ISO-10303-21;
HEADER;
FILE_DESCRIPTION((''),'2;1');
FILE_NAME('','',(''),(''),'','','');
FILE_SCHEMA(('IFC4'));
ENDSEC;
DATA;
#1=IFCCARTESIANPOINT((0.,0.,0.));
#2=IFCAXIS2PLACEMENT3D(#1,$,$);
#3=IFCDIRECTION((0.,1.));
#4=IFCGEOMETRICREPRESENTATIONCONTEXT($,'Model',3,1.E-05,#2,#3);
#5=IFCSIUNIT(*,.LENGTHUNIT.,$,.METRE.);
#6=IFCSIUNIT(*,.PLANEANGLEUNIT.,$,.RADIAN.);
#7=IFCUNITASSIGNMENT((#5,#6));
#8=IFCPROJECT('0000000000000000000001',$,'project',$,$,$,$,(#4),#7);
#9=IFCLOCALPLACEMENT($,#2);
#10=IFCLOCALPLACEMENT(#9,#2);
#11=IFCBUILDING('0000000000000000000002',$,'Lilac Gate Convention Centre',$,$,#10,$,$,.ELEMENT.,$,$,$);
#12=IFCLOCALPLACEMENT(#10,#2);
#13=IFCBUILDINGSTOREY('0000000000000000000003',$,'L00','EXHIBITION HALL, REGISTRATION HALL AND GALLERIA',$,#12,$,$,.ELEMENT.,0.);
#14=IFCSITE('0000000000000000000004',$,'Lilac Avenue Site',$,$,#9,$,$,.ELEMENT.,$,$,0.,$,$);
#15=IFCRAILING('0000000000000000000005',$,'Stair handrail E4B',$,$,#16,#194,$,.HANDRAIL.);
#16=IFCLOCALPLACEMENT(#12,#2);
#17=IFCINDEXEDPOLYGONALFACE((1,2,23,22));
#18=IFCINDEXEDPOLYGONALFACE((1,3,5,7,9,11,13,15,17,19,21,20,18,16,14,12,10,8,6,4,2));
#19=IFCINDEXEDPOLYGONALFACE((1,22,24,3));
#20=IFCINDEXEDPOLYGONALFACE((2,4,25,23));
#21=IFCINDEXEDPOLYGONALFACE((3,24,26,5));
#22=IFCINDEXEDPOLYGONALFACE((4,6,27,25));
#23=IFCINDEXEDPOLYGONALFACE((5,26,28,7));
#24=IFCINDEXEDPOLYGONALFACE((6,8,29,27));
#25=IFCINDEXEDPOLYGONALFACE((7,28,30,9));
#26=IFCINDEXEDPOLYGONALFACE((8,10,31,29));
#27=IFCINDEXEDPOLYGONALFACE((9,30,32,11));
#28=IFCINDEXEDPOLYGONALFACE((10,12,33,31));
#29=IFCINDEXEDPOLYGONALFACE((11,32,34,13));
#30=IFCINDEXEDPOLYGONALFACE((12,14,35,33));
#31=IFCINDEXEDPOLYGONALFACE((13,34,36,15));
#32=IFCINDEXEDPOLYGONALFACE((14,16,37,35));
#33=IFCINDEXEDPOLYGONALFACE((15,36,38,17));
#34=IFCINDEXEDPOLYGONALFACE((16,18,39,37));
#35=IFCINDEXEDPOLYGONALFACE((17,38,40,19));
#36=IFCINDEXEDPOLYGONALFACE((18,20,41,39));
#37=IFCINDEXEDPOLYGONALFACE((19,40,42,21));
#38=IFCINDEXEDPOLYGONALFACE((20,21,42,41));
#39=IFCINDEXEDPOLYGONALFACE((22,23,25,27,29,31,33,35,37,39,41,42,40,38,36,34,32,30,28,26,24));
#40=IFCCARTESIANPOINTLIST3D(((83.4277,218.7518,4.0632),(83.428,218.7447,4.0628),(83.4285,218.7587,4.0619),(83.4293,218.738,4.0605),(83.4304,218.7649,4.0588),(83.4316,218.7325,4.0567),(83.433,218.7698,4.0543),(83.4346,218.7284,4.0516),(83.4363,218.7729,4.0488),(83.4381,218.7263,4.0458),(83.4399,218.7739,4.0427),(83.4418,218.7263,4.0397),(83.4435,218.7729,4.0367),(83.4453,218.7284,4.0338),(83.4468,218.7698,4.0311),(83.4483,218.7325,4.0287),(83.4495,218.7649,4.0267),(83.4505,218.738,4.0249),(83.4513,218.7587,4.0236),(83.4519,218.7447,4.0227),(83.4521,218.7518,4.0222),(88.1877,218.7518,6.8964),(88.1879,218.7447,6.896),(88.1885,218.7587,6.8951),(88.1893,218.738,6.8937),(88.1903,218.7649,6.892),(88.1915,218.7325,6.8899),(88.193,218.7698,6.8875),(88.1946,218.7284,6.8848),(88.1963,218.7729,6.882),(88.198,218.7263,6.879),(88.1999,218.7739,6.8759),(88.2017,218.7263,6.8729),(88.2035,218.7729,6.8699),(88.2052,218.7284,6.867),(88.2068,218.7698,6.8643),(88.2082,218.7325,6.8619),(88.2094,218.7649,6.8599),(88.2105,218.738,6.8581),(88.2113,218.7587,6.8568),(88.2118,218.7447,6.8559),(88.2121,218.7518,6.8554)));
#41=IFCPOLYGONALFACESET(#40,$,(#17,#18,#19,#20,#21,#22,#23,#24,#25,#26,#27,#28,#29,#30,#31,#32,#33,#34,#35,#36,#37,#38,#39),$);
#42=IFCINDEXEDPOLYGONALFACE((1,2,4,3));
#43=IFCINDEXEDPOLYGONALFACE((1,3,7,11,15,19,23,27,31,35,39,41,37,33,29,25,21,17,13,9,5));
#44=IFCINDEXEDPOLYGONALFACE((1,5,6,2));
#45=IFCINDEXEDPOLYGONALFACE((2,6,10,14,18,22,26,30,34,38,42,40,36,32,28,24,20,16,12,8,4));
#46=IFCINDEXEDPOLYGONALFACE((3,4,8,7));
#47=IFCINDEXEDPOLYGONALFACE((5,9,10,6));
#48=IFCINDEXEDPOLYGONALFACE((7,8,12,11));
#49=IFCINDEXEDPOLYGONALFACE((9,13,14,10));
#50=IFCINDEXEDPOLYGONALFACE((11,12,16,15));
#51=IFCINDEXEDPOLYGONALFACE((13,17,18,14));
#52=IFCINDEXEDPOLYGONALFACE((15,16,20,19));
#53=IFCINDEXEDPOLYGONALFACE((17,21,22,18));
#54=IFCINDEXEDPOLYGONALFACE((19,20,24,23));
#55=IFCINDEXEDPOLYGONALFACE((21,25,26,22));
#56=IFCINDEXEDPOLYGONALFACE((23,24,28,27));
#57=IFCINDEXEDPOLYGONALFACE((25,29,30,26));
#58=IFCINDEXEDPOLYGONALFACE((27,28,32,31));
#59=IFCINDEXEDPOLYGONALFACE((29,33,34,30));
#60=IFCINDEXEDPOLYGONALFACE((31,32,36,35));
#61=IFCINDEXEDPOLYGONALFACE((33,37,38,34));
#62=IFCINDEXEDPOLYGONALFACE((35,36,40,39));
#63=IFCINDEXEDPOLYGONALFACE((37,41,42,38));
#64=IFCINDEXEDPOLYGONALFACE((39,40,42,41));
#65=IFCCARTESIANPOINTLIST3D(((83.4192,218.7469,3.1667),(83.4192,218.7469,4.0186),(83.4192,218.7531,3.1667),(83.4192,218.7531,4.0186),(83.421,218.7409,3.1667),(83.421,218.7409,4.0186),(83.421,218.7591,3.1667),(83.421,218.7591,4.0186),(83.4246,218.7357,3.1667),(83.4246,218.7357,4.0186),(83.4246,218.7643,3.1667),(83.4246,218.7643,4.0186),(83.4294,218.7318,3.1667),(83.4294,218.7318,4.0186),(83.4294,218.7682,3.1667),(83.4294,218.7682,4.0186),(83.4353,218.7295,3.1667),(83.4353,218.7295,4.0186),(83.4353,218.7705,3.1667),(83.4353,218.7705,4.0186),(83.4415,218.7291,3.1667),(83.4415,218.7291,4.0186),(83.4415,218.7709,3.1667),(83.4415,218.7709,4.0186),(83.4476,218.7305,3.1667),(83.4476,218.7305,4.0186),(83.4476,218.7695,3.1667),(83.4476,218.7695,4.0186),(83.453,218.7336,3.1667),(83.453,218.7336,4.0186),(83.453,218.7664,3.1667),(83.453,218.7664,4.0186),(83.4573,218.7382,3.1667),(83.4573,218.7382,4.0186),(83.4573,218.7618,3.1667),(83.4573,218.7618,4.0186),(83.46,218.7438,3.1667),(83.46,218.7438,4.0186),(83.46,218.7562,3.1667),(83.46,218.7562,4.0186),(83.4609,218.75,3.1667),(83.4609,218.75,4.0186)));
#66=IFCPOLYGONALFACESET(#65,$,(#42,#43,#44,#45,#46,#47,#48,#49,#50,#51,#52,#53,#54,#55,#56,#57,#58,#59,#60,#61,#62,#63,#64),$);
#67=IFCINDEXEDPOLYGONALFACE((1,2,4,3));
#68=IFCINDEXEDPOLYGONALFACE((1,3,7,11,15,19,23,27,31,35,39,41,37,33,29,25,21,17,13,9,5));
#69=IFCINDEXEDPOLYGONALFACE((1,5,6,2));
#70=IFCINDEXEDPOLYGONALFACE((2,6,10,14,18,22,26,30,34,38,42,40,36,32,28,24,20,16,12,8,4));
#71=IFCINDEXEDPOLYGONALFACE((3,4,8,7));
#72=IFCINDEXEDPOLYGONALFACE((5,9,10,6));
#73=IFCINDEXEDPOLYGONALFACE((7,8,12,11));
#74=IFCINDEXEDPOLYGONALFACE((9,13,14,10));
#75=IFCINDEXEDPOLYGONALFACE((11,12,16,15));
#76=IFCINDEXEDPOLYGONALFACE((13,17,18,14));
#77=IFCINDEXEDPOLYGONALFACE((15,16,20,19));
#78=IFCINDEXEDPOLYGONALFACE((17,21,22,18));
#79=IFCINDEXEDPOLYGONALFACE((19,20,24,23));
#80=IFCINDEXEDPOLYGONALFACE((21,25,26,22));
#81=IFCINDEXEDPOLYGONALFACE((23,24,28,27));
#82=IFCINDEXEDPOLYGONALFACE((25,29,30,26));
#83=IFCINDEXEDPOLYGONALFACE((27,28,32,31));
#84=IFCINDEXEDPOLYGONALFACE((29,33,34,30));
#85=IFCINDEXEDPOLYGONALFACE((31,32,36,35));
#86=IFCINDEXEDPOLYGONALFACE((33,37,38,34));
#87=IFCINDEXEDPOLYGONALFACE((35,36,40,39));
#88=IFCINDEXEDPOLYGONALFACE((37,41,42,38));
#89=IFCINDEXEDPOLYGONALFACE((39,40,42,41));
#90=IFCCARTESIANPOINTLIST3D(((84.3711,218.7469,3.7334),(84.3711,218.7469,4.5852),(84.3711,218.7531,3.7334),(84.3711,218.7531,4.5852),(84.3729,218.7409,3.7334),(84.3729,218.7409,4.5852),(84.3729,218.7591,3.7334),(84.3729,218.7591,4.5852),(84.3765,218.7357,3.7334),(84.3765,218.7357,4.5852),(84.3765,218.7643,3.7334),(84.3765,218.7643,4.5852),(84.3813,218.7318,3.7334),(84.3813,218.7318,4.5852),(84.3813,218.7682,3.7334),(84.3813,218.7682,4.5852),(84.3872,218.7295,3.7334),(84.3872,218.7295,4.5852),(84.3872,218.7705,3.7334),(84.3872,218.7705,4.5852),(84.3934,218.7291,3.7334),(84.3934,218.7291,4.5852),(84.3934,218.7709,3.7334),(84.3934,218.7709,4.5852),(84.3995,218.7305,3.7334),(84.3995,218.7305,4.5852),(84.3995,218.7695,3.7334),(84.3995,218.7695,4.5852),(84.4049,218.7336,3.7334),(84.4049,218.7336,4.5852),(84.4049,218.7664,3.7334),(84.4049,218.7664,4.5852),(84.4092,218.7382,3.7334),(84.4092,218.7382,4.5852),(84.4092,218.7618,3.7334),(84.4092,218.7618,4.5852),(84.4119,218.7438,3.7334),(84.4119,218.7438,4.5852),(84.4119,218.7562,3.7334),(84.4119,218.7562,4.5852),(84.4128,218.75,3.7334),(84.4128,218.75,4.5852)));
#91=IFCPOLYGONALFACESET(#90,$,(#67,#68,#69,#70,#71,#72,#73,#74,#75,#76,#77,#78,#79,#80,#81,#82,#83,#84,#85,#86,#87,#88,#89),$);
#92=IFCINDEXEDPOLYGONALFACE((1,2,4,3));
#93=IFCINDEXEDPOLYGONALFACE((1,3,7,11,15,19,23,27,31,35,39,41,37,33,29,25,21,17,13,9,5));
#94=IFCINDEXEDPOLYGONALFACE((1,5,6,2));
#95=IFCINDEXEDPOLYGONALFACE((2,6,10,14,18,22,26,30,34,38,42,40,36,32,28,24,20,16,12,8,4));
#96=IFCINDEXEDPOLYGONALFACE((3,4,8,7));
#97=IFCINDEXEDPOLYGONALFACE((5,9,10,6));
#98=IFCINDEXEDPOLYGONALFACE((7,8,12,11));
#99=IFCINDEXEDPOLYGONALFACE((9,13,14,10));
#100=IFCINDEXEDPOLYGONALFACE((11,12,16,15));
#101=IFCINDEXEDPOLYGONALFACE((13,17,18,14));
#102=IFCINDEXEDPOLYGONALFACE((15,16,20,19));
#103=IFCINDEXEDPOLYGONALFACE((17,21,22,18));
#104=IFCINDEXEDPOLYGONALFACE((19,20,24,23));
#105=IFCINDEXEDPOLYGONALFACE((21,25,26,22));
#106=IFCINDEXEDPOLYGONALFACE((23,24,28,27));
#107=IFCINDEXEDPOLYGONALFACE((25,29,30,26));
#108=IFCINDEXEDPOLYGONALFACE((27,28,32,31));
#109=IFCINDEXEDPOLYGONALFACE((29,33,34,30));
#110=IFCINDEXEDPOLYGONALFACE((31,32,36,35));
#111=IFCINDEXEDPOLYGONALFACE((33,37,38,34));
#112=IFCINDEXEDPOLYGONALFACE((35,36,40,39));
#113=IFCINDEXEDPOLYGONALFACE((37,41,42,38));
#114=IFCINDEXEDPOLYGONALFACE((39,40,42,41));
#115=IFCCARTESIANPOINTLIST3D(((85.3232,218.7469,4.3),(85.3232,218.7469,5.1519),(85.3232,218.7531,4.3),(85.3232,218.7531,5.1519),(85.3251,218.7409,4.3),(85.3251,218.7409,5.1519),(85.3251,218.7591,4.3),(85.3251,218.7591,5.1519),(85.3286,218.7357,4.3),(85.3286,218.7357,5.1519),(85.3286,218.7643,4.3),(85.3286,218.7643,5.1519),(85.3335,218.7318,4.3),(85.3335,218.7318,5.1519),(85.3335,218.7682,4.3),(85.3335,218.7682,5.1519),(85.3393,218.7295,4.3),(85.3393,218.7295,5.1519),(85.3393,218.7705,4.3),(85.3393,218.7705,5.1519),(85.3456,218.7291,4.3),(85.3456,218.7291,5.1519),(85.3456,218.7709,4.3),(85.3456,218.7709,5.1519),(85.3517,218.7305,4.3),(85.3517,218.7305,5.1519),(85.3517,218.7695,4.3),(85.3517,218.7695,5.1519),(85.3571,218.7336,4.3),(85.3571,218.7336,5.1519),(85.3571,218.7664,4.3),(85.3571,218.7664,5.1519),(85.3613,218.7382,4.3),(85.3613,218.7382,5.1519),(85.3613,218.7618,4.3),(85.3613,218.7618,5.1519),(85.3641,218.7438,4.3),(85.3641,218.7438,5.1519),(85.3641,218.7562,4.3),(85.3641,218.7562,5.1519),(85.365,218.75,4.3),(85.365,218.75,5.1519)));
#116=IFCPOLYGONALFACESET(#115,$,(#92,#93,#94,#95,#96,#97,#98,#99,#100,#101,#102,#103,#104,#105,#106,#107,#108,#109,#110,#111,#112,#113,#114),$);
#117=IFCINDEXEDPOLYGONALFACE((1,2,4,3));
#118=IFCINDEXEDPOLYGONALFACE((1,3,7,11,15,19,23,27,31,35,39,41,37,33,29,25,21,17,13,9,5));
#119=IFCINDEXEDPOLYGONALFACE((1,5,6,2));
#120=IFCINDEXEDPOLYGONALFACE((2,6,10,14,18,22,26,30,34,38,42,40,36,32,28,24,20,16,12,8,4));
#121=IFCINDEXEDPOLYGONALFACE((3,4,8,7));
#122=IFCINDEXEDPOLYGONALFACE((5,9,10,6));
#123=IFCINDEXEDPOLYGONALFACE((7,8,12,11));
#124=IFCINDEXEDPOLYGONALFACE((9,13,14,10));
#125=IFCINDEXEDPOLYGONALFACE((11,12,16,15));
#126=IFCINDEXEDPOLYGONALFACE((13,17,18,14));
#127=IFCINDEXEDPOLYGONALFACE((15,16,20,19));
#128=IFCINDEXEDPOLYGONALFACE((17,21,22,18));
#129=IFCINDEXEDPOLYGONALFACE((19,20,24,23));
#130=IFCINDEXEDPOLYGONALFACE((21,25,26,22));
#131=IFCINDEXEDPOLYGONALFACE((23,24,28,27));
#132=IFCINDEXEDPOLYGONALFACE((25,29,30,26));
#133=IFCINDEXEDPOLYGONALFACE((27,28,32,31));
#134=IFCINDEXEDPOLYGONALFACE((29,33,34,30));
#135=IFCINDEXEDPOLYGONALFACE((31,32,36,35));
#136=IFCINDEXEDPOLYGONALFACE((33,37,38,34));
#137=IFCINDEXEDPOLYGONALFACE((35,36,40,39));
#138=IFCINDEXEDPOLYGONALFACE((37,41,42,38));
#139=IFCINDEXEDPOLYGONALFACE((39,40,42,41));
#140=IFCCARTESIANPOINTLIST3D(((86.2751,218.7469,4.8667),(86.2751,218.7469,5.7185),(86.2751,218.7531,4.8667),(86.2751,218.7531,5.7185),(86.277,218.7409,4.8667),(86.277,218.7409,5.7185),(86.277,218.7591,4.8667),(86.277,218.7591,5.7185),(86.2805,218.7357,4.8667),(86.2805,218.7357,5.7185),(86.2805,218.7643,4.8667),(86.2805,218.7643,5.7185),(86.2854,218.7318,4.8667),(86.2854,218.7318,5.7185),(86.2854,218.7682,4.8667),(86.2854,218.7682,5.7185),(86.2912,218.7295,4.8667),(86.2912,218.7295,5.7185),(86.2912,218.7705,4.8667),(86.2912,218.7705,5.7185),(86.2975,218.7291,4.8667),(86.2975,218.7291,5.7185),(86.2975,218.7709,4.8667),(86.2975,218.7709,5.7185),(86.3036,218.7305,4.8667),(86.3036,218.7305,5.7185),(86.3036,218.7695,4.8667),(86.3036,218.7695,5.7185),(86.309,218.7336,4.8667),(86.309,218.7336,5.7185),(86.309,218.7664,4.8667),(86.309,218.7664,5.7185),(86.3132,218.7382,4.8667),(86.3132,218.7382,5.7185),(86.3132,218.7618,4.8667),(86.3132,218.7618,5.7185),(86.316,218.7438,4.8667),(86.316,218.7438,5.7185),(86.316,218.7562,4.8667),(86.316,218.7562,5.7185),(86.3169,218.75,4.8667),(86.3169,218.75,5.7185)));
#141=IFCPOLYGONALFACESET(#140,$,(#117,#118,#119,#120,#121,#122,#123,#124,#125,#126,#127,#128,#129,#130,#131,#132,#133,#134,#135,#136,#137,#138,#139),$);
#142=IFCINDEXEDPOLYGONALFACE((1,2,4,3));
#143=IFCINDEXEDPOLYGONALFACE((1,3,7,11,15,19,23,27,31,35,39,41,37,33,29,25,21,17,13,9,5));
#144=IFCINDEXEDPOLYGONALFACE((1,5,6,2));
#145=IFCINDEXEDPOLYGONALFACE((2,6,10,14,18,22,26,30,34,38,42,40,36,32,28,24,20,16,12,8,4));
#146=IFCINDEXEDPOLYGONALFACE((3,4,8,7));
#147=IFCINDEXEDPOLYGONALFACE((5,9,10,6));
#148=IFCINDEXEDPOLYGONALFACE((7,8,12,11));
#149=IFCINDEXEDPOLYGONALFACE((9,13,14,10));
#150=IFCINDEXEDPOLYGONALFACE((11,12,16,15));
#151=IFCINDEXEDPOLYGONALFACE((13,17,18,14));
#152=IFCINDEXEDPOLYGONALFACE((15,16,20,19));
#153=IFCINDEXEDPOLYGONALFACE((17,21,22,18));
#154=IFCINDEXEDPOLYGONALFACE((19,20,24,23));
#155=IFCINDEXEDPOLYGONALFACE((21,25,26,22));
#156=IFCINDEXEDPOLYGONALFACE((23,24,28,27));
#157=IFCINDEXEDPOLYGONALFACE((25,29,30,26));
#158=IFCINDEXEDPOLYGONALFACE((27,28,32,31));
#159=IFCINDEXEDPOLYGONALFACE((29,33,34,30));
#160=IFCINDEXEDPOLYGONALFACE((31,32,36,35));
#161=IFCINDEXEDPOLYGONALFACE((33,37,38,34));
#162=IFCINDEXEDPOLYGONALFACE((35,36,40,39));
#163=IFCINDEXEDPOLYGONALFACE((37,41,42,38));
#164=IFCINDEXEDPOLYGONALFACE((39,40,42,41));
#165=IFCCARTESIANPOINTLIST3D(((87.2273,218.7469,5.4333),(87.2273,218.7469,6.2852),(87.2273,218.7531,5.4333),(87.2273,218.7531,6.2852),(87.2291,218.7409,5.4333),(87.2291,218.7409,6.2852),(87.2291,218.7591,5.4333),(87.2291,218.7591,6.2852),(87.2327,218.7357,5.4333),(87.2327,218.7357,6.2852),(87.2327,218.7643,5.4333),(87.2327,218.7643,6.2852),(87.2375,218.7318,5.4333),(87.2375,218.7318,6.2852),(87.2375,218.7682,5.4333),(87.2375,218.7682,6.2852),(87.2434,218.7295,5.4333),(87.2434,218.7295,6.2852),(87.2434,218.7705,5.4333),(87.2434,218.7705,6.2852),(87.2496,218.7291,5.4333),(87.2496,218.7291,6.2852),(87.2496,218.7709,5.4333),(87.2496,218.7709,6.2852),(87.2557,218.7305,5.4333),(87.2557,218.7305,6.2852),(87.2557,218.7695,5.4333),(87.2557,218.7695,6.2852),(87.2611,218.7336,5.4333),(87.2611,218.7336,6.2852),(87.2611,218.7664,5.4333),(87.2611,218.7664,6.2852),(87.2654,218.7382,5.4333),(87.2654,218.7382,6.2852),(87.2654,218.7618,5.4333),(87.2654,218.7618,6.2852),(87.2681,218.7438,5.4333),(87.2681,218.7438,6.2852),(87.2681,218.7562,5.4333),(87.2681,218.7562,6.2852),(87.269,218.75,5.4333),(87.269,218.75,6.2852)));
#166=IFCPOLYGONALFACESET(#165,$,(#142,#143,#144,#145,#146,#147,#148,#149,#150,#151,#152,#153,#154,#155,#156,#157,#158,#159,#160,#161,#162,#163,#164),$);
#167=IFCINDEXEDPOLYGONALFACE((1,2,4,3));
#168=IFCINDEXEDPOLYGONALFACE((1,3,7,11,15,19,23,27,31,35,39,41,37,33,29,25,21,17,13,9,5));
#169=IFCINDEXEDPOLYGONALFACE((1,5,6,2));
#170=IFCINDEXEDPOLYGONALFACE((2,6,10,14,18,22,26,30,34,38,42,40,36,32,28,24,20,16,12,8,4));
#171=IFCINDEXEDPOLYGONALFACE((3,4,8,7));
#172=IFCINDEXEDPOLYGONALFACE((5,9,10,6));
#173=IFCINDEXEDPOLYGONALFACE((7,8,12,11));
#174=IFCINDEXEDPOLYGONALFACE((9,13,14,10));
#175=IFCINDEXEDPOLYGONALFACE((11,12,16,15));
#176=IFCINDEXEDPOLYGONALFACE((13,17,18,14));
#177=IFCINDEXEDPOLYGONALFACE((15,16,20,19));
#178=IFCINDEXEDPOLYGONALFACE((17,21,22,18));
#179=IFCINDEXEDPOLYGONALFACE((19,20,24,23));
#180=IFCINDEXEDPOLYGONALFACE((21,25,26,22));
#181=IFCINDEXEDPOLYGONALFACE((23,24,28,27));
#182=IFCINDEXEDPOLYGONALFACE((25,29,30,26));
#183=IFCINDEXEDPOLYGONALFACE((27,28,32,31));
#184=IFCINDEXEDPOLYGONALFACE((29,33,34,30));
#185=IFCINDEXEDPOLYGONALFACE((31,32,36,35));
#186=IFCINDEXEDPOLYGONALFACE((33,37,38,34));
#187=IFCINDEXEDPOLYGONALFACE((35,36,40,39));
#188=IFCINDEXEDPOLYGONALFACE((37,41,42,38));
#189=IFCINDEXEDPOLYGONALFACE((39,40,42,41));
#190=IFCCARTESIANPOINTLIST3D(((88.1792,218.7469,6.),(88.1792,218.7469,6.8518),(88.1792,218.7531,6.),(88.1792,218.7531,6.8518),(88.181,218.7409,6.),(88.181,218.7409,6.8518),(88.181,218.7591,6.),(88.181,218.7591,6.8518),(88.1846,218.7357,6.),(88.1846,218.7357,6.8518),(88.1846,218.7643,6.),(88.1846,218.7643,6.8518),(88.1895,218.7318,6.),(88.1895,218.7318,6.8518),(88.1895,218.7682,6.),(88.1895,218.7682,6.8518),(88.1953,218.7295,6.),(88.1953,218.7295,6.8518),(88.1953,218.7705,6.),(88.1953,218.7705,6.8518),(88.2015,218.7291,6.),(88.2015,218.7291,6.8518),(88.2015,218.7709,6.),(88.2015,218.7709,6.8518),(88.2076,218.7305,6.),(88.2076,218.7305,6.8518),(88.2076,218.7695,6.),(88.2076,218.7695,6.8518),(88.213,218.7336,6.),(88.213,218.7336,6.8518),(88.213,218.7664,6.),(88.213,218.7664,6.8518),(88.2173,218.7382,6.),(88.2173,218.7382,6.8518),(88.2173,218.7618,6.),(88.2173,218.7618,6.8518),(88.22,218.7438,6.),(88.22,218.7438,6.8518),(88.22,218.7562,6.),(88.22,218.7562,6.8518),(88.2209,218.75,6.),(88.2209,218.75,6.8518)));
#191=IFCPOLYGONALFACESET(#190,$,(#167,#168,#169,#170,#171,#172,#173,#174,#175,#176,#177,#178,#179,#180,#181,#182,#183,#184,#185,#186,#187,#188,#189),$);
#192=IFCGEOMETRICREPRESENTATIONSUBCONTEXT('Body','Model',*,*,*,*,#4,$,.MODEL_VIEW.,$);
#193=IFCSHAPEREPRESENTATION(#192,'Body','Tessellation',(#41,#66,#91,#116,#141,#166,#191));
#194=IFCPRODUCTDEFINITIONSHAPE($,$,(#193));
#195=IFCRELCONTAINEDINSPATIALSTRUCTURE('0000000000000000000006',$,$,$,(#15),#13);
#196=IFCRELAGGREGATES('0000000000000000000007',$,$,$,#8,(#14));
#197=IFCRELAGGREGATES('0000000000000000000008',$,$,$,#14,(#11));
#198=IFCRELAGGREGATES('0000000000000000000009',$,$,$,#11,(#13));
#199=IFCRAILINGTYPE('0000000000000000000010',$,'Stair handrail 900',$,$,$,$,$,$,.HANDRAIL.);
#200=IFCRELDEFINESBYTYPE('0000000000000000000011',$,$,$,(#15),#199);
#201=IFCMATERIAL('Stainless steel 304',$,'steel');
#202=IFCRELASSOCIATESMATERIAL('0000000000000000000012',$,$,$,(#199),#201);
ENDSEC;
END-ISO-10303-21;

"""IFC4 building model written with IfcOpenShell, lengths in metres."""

from ifc_helpers import new_model, si_unit, direction, frame, origin, origin_2d, place, context, subcontext, project, spatial, circle, extrude, material, type_object, element, save


model = new_model("IFC4")

# Units and contexts
model_context = context("Model", 3, precision=1e-05, world=origin(), true_north=direction((0.0, 1.0)))
body_context = subcontext(model_context, "Body", "Model", "MODEL_VIEW")
ifc_project = project(units=[si_unit("LENGTHUNIT", "METRE"), si_unit("PLANEANGLEUNIT", "RADIAN")], contexts=[model_context])

# Site, building, storey
site_placement = place(None, origin())
site = spatial("IfcSite", under=ifc_project, at=site_placement, Name="Lilac Avenue Site", CompositionType="ELEMENT", RefElevation=0.0)
building_placement = place(site_placement, origin())
building = spatial("IfcBuilding", under=site, at=building_placement, Name="Lilac Gate Convention Centre", CompositionType="ELEMENT")
storey_placement = place(building_placement, origin())
storey = spatial("IfcBuildingStorey", under=building, at=storey_placement, Name="L00", Description="EXHIBITION HALL, REGISTRATION HALL AND GALLERIA", CompositionType="ELEMENT", Elevation=0.0)

# Shared definitions
ifc_material_1 = material(Name="Stainless steel 304", Category="steel")

# Railing
railing_type = type_object("IfcRailingType", Name="Stair handrail 900", PredefinedType="HANDRAIL", material=ifc_material_1)
for number, where, name in (
    (1, (83.4399, 218.75, 3.1667), "Stair handrail E4B"),
):
    element("IfcRailing", number, at=place(storey_placement, frame(where)), inside=storey, type_object=railing_type, Name=name, PredefinedType="HANDRAIL", context=body_context, shape_type="SweptSolid", body=[
        extrude(circle(Radius=0.0239, at=origin_2d()), frame((0.0, 0.0, 0.876), z_axis=(0.8593, 0.0, 0.511472), x_axis=(0.0, 1.0, 0.0)), (0.0, 0.0, 1.0), 5.5393),
        extrude(circle(Radius=0.021, at=origin_2d()), origin(), (0.0, 0.0, 1.0), 0.8518),
        extrude(circle(Radius=0.021, at=origin_2d()), frame((0.9519, 0.0, 0.5667)), (0.0, 0.0, 1.0), 0.8518),
        extrude(circle(Radius=0.021, at=origin_2d()), frame((1.9041, 0.0, 1.1333)), (0.0, 0.0, 1.0), 0.8518),
        extrude(circle(Radius=0.021, at=origin_2d()), frame((2.856, 0.0, 1.7)), (0.0, 0.0, 1.0), 0.8518),
        extrude(circle(Radius=0.021, at=origin_2d()), frame((3.8081, 0.0, 2.2666)), (0.0, 0.0, 1.0), 0.8518),
        extrude(circle(Radius=0.021, at=origin_2d()), frame((4.76, 0.0, 2.8333)), (0.0, 0.0, 1.0), 0.8518),
    ])

save(model, "model.ifc")
